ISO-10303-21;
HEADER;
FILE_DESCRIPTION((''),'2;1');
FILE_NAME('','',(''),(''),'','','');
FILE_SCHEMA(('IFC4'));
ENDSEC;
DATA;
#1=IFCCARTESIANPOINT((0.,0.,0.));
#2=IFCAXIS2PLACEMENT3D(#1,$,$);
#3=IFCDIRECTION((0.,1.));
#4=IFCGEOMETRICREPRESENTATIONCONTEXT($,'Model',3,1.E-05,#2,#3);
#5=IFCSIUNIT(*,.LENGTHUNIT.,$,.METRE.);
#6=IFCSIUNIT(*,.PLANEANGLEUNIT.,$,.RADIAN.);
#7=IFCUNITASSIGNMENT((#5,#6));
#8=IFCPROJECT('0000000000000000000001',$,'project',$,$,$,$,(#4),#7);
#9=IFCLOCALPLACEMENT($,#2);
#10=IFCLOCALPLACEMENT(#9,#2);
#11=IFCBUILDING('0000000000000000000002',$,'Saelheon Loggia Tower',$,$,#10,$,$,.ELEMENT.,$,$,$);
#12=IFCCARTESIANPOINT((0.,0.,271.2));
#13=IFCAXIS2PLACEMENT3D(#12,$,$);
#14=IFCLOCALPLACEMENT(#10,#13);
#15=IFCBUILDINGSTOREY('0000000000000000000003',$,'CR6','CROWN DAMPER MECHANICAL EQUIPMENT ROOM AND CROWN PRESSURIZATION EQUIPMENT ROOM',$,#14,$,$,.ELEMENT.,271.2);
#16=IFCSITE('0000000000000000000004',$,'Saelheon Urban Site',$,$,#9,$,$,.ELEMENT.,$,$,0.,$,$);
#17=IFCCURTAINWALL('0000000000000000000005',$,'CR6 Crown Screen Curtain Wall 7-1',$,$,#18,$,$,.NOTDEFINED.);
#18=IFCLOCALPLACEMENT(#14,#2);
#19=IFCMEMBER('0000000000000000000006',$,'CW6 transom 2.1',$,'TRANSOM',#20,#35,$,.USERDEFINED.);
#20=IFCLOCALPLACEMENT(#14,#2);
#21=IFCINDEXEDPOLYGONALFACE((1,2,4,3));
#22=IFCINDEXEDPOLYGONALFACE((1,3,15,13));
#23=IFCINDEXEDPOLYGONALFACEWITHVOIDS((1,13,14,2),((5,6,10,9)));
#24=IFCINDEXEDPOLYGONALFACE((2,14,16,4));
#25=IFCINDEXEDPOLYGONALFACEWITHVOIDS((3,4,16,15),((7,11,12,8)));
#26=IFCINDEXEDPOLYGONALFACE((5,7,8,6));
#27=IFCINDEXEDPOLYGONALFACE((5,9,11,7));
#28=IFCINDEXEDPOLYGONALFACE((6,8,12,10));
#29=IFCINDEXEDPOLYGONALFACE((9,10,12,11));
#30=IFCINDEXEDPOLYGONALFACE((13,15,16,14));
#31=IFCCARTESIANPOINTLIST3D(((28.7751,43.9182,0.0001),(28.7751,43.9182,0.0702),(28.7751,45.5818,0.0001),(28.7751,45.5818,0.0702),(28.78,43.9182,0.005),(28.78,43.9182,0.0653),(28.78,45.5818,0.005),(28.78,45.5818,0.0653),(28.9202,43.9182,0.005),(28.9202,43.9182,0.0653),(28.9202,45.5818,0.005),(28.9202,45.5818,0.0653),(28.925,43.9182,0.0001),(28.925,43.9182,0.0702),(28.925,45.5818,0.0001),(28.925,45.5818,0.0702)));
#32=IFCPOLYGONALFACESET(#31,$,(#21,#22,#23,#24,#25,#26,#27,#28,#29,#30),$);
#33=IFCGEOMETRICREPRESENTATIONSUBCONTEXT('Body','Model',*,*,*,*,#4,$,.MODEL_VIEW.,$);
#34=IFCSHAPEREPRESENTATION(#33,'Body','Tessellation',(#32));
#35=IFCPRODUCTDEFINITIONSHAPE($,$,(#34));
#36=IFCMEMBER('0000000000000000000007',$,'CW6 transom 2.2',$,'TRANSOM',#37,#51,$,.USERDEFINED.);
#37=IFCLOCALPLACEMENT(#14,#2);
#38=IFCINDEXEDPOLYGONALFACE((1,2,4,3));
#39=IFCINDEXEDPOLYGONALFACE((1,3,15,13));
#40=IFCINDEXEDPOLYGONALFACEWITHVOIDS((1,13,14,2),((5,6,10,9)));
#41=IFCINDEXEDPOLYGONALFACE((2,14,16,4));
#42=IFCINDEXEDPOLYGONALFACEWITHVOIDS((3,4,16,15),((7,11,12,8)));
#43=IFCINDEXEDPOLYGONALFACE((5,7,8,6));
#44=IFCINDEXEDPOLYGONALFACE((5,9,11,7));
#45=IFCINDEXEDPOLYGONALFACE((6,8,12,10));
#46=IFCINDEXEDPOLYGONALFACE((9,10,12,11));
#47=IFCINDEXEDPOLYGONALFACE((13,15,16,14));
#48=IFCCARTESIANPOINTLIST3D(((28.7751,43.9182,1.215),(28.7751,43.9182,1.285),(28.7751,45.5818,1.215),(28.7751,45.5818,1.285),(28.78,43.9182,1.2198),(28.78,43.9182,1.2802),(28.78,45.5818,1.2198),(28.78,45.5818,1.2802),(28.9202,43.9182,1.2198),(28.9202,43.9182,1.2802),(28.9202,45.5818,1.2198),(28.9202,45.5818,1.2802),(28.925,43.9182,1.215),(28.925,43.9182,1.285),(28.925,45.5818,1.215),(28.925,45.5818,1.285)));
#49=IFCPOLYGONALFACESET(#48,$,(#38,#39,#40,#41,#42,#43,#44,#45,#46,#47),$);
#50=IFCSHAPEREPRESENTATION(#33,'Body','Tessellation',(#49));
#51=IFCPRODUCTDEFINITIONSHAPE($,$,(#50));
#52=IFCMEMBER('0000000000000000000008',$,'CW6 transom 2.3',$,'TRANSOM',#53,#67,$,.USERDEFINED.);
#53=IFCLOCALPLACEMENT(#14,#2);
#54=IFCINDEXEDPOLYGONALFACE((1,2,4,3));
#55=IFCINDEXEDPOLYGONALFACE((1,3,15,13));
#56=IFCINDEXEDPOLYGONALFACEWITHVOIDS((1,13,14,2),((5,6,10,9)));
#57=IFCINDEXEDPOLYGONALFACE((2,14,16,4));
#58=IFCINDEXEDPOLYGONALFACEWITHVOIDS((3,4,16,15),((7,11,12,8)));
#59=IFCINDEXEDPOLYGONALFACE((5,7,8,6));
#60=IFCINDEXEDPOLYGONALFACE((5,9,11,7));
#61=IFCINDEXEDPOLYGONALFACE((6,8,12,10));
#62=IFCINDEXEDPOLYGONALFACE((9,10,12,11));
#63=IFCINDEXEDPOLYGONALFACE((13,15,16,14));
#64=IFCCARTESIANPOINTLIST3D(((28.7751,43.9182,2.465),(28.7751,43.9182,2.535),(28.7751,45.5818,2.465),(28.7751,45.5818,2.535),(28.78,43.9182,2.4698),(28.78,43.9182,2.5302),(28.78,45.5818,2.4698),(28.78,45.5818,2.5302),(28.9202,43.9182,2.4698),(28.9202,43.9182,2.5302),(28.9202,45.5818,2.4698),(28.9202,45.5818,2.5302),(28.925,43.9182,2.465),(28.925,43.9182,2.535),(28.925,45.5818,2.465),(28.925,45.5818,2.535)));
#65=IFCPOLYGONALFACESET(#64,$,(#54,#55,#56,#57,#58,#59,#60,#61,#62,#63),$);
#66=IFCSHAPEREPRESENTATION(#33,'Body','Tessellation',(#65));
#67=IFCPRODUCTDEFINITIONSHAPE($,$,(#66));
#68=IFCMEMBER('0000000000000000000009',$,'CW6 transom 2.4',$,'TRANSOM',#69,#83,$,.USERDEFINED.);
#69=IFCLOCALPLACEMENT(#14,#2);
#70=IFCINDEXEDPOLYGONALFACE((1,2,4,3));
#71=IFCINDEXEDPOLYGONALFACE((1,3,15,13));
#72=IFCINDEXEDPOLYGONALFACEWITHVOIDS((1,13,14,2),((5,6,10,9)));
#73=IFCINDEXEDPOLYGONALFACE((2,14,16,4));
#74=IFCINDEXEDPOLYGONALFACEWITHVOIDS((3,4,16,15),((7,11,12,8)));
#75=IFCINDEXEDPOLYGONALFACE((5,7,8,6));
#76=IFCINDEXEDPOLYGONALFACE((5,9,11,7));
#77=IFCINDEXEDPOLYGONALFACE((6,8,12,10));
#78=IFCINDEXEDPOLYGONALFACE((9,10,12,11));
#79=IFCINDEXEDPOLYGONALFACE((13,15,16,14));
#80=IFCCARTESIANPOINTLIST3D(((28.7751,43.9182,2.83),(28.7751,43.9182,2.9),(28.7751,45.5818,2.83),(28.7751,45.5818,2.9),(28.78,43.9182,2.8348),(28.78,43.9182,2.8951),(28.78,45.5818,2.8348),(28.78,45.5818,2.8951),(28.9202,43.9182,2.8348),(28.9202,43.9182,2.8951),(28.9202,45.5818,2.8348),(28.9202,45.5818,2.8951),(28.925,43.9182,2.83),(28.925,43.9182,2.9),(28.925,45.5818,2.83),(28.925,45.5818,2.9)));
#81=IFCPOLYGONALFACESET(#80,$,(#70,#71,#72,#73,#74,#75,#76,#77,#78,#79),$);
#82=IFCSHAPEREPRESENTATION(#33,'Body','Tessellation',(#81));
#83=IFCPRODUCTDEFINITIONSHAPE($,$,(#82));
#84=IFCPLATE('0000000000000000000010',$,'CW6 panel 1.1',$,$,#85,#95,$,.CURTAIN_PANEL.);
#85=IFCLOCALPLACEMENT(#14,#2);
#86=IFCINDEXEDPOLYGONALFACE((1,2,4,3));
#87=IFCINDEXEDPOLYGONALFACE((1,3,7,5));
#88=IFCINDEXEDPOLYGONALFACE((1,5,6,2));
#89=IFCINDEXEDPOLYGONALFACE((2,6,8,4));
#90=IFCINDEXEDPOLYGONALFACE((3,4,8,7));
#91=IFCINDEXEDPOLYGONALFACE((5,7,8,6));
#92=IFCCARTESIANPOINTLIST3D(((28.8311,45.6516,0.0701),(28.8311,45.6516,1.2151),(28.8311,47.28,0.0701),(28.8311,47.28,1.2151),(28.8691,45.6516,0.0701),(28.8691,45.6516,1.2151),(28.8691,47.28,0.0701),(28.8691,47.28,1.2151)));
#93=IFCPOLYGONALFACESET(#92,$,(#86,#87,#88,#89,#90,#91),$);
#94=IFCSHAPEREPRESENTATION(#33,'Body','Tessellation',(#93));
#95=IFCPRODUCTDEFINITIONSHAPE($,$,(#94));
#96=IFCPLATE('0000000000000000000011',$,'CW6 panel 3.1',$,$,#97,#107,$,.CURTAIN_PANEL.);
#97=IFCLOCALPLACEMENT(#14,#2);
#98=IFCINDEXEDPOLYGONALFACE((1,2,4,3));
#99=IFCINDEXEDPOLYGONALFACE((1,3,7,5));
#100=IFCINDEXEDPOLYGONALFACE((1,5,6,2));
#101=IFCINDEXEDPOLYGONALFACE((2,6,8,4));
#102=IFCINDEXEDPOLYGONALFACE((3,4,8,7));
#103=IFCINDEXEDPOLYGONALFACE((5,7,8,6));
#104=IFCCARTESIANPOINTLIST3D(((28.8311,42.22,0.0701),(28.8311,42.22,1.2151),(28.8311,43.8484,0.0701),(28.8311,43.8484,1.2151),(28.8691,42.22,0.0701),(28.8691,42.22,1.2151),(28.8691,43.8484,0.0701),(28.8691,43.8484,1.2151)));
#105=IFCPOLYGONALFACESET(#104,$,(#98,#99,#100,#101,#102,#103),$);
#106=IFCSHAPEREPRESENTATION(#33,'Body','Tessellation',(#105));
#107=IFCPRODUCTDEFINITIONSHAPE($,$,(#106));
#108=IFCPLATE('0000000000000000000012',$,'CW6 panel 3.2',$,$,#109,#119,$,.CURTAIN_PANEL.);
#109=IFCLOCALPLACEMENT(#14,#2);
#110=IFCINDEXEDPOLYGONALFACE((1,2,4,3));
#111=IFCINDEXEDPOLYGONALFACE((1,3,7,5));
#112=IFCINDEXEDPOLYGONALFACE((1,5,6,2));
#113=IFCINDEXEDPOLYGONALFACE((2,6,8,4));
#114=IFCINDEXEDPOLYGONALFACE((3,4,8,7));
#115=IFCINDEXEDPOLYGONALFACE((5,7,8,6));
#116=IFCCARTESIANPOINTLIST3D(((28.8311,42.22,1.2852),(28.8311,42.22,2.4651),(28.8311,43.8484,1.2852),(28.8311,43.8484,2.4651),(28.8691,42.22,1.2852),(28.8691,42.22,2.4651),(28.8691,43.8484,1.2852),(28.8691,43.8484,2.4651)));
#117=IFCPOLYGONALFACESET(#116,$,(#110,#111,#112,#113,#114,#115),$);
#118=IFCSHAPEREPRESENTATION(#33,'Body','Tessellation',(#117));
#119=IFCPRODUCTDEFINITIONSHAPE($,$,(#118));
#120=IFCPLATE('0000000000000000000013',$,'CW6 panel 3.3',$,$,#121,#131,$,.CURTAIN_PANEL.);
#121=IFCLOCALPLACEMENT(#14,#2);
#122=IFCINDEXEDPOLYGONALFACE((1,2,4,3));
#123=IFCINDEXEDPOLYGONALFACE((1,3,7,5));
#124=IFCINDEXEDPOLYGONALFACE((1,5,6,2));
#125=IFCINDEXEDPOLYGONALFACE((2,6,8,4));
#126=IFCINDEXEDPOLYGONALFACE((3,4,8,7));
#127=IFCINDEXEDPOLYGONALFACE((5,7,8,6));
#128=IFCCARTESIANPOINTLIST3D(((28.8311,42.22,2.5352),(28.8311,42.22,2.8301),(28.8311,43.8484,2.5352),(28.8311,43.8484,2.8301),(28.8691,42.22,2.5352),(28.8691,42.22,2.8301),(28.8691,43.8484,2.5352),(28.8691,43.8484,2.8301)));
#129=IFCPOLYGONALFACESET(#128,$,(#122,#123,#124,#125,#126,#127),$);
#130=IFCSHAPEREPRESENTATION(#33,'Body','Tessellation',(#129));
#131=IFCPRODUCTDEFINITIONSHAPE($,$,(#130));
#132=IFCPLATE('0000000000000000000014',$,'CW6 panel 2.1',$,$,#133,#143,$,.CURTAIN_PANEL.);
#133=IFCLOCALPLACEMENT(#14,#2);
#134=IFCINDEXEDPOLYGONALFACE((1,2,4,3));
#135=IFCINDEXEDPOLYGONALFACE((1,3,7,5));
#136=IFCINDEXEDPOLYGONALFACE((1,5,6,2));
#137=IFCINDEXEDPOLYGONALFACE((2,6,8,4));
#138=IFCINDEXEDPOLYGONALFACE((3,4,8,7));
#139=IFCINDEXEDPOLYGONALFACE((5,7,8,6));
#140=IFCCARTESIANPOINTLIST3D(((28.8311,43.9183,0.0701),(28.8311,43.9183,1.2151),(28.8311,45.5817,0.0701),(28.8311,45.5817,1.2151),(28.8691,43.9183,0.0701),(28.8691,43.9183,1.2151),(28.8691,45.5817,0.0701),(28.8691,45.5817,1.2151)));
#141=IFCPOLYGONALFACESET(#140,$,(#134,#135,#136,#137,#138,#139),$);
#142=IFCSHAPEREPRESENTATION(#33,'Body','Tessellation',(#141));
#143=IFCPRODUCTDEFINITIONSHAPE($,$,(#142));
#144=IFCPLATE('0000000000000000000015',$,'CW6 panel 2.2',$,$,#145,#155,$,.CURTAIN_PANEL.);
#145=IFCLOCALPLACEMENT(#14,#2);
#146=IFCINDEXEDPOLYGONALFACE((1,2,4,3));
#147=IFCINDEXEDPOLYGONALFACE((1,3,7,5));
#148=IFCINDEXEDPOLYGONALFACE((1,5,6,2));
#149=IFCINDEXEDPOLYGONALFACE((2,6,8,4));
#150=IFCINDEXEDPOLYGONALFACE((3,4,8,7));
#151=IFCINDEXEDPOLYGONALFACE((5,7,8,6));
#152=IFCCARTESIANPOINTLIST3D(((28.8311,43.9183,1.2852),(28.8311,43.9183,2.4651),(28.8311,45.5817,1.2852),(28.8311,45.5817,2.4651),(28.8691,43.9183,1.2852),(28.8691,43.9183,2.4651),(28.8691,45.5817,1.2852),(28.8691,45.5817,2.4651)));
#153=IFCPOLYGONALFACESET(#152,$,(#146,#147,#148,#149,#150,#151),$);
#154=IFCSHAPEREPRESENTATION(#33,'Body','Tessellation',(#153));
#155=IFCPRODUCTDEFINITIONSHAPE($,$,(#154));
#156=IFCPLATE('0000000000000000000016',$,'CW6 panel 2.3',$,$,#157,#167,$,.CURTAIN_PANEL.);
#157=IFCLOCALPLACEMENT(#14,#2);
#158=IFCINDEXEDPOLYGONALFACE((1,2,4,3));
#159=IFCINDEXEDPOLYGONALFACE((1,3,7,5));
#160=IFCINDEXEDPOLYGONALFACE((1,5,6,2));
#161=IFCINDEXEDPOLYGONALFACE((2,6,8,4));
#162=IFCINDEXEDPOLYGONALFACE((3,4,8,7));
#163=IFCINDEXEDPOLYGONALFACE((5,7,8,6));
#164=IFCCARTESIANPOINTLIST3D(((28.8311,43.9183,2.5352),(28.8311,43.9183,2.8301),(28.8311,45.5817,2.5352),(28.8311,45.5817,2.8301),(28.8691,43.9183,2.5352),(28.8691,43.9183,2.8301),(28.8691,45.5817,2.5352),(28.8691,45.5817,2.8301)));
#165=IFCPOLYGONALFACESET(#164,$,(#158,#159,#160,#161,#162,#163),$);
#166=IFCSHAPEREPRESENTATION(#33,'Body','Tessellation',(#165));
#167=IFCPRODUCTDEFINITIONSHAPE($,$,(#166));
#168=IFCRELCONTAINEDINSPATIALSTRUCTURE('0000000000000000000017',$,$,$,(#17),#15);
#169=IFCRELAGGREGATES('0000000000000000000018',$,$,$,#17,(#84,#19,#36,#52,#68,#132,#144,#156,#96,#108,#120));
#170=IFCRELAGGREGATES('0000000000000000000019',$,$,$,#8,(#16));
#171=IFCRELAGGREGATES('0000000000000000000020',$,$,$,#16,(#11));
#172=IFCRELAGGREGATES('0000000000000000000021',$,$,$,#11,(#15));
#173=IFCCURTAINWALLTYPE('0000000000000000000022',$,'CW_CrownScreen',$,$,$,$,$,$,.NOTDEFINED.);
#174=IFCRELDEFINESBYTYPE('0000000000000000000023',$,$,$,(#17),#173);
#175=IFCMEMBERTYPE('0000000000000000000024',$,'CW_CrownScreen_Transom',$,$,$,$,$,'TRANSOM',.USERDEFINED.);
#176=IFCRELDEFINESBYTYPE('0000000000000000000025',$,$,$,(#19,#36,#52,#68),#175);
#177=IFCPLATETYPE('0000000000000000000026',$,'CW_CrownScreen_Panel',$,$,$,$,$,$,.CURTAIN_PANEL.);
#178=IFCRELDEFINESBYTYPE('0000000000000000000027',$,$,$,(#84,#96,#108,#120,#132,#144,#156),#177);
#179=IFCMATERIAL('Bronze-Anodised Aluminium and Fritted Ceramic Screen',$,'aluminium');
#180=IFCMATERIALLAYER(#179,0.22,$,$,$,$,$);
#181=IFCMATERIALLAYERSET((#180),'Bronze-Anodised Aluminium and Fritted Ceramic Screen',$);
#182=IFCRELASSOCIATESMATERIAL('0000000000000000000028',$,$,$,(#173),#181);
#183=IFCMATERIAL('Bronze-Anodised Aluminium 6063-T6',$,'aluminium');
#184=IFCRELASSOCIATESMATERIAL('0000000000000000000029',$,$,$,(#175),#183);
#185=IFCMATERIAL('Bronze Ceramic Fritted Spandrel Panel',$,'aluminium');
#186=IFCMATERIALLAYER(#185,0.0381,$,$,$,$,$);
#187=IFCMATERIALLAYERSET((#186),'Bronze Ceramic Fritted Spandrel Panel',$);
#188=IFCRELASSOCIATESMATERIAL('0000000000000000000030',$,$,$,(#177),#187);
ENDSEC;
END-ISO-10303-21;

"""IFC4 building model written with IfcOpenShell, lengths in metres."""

from ifc_helpers import new_model, si_unit, direction, frame, origin, origin_2d, place, context, subcontext, project, spatial, rectangle, hollow_rectangle, extrude, source, transform, mapped, material, layer, layer_set, material_profile, profile_set, type_object, element, aggregate, save


model = new_model("IFC4")

# Units and contexts
model_context = context("Model", 3, precision=1e-05, world=origin(), true_north=direction((0.0, 1.0)))
body_context = subcontext(model_context, "Body", "Model", "MODEL_VIEW")
ifc_project = project(units=[si_unit("LENGTHUNIT", "METRE"), si_unit("PLANEANGLEUNIT", "RADIAN")], contexts=[model_context])

# Site, building, storey
site_placement = place(None, origin())
site = spatial("IfcSite", under=ifc_project, at=site_placement, Name="Saelheon Urban Site", CompositionType="ELEMENT", RefElevation=0.0)
building_placement = place(site_placement, origin())
building = spatial("IfcBuilding", under=site, at=building_placement, Name="Saelheon Loggia Tower", CompositionType="ELEMENT")
storey_placement = place(building_placement, frame((0.0, 0.0, 271.2)))
storey = spatial("IfcBuildingStorey", under=building, at=storey_placement, Name="CR6", Description="CROWN DAMPER MECHANICAL EQUIPMENT ROOM AND CROWN PRESSURIZATION EQUIPMENT ROOM", CompositionType="ELEMENT", Elevation=271.2)

# Curtain wall
ifc_material_1 = material(Name="Bronze-Anodised Aluminium and Fritted Ceramic Screen", Category="aluminium")
ifc_layer_1 = layer(ifc_material_1, 0.22)
ifc_layer_set_1 = layer_set([ifc_layer_1], Name="Bronze-Anodised Aluminium and Fritted Ceramic Screen")
curtain_wall_type = type_object("IfcCurtainWallType", Name="CW_CrownScreen", PredefinedType="NOTDEFINED", material=ifc_layer_set_1)
curtain_wall_1_placement = place(storey_placement, origin())
curtain_wall_1 = element("IfcCurtainWall", 1, at=curtain_wall_1_placement, inside=storey, type_object=curtain_wall_type, Name="CR6 Crown Screen Curtain Wall 7-1", PredefinedType="NOTDEFINED")
ifc_material_2 = material(Name="Bronze-Anodised Aluminium 6063-T6", Category="aluminium")

# Members
ifc_material_profile_1 = material_profile(ifc_material_2, hollow_rectangle(XDim=0.0701, YDim=0.1499, WallThickness=0.0049, at=origin_2d()), Name="RHS-150x70x5")
ifc_profile_set_1 = profile_set([ifc_material_profile_1], Name="Bronze-Anodised Aluminium 6063-T6")
member_type_1 = type_object("IfcMemberType", Name="CW_CrownScreen_Transom", ElementType="TRANSOM", PredefinedType="USERDEFINED", material=ifc_profile_set_1)
shared_shape_1 = source(origin(), body_context, "Body", "SweptSolid", [
    extrude(hollow_rectangle(XDim=0.0701, YDim=0.1499, WallThickness=0.0049, at=origin_2d()), origin(), (0.0, 0.0, 1.0), 1.6636),
])
member_1_placement = place(storey_placement, frame((28.8501, 45.5818, 0.0352), z_axis=(0.0, -1.0, 0.0), x_axis=(0.0, 0.0, 1.0)))
member_1 = element("IfcMember", 2, at=member_1_placement, type_object=member_type_1, Name="CW6 transom 2.1", ObjectType="TRANSOM", PredefinedType="USERDEFINED", context=body_context, shape_type="MappedRepresentation", body=[
    mapped(shared_shape_1, transform((0.0, 0.0, 0.0), scale=1.0)),
])
member_2_placement = place(storey_placement, frame((28.8501, 45.5818, 1.25), z_axis=(0.0, -1.0, 0.0), x_axis=(0.0, 0.0, 1.0)))
member_2 = element("IfcMember", 3, at=member_2_placement, type_object=member_type_1, Name="CW6 transom 2.2", ObjectType="TRANSOM", PredefinedType="USERDEFINED", context=body_context, shape_type="MappedRepresentation", body=[
    mapped(shared_shape_1, transform((0.0, 0.0, 0.0), scale=1.0)),
])
member_3_placement = place(storey_placement, frame((28.8501, 45.5818, 2.5), z_axis=(0.0, -1.0, 0.0), x_axis=(0.0, 0.0, 1.0)))
member_3 = element("IfcMember", 4, at=member_3_placement, type_object=member_type_1, Name="CW6 transom 2.3", ObjectType="TRANSOM", PredefinedType="USERDEFINED", context=body_context, shape_type="MappedRepresentation", body=[
    mapped(shared_shape_1, transform((0.0, 0.0, 0.0), scale=1.0)),
])
member_4_placement = place(storey_placement, frame((28.8501, 45.5818, 2.865), z_axis=(0.0, -1.0, 0.0), x_axis=(0.0, 0.0, 1.0)))
member_4 = element("IfcMember", 5, at=member_4_placement, type_object=member_type_1, Name="CW6 transom 2.4", ObjectType="TRANSOM", PredefinedType="USERDEFINED", context=body_context, shape_type="MappedRepresentation", body=[
    mapped(shared_shape_1, transform((0.0, 0.0, 0.0), scale=1.0)),
])

# Plates
ifc_material_3 = material(Name="Bronze Ceramic Fritted Spandrel Panel", Category="aluminium")
ifc_layer_2 = layer(ifc_material_3, 0.0381)
ifc_layer_set_2 = layer_set([ifc_layer_2], Name="Bronze Ceramic Fritted Spandrel Panel")
plate_type = type_object("IfcPlateType", Name="CW_CrownScreen_Panel", PredefinedType="CURTAIN_PANEL", material=ifc_layer_set_2)
shared_shape_2 = source(origin(), body_context, "Body", "SweptSolid", [
    extrude(rectangle(XDim=1.6284, YDim=0.0381, at=origin_2d()), origin(), (0.0, 0.0, 1.0), 1.145),
])
plate_1_placement = place(storey_placement, frame((28.8501, 46.4658, 0.0701), z_axis=(0.0, 0.0, 1.0), x_axis=(0.0, -1.0, 0.0)))
plate_1 = element("IfcPlate", 6, at=plate_1_placement, type_object=plate_type, Name="CW6 panel 1.1", PredefinedType="CURTAIN_PANEL", context=body_context, shape_type="MappedRepresentation", body=[
    mapped(shared_shape_2, transform((0.0, 0.0, 0.0), scale=1.0)),
])
plate_2_placement = place(storey_placement, frame((28.8501, 43.0342, 0.0701), z_axis=(0.0, 0.0, 1.0), x_axis=(0.0, -1.0, 0.0)))
plate_2 = element("IfcPlate", 7, at=plate_2_placement, type_object=plate_type, Name="CW6 panel 3.1", PredefinedType="CURTAIN_PANEL", context=body_context, shape_type="MappedRepresentation", body=[
    mapped(shared_shape_2, transform((0.0, 0.0, 0.0), scale=1.0)),
])
shared_shape_3 = source(origin(), body_context, "Body", "SweptSolid", [
    extrude(rectangle(XDim=1.6284, YDim=0.0381, at=origin_2d()), origin(), (0.0, 0.0, 1.0), 1.1799),
])
plate_3_placement = place(storey_placement, frame((28.8501, 43.0342, 1.2852), z_axis=(0.0, 0.0, 1.0), x_axis=(0.0, -1.0, 0.0)))
plate_3 = element("IfcPlate", 8, at=plate_3_placement, type_object=plate_type, Name="CW6 panel 3.2", PredefinedType="CURTAIN_PANEL", context=body_context, shape_type="MappedRepresentation", body=[
    mapped(shared_shape_3, transform((0.0, 0.0, 0.0), scale=1.0)),
])
shared_shape_4 = source(origin(), body_context, "Body", "SweptSolid", [
    extrude(rectangle(XDim=1.6284, YDim=0.0381, at=origin_2d()), origin(), (0.0, 0.0, 1.0), 0.2949),
])
plate_4_placement = place(storey_placement, frame((28.8501, 43.0342, 2.5352), z_axis=(0.0, 0.0, 1.0), x_axis=(0.0, -1.0, 0.0)))
plate_4 = element("IfcPlate", 9, at=plate_4_placement, type_object=plate_type, Name="CW6 panel 3.3", PredefinedType="CURTAIN_PANEL", context=body_context, shape_type="MappedRepresentation", body=[
    mapped(shared_shape_4, transform((0.0, 0.0, 0.0), scale=1.0)),
])
shared_shape_5 = source(origin(), body_context, "Body", "SweptSolid", [
    extrude(rectangle(XDim=1.6633, YDim=0.0381, at=origin_2d()), origin(), (0.0, 0.0, 1.0), 1.145),
])
plate_5_placement = place(storey_placement, frame((28.8501, 44.75, 0.0701), z_axis=(0.0, 0.0, 1.0), x_axis=(0.0, -1.0, 0.0)))
plate_5 = element("IfcPlate", 10, at=plate_5_placement, type_object=plate_type, Name="CW6 panel 2.1", PredefinedType="CURTAIN_PANEL", context=body_context, shape_type="MappedRepresentation", body=[
    mapped(shared_shape_5, transform((0.0, 0.0, 0.0), scale=1.0)),
])
shared_shape_6 = source(origin(), body_context, "Body", "SweptSolid", [
    extrude(rectangle(XDim=1.6633, YDim=0.0381, at=origin_2d()), origin(), (0.0, 0.0, 1.0), 1.1799),
])
plate_6_placement = place(storey_placement, frame((28.8501, 44.75, 1.2852), z_axis=(0.0, 0.0, 1.0), x_axis=(0.0, -1.0, 0.0)))
plate_6 = element("IfcPlate", 11, at=plate_6_placement, type_object=plate_type, Name="CW6 panel 2.2", PredefinedType="CURTAIN_PANEL", context=body_context, shape_type="MappedRepresentation", body=[
    mapped(shared_shape_6, transform((0.0, 0.0, 0.0), scale=1.0)),
])
shared_shape_7 = source(origin(), body_context, "Body", "SweptSolid", [
    extrude(rectangle(XDim=1.6633, YDim=0.0381, at=origin_2d()), origin(), (0.0, 0.0, 1.0), 0.2949),
])
plate_7_placement = place(storey_placement, frame((28.8501, 44.75, 2.5352), z_axis=(0.0, 0.0, 1.0), x_axis=(0.0, -1.0, 0.0)))
plate_7 = element("IfcPlate", 12, at=plate_7_placement, type_object=plate_type, Name="CW6 panel 2.3", PredefinedType="CURTAIN_PANEL", context=body_context, shape_type="MappedRepresentation", body=[
    mapped(shared_shape_7, transform((0.0, 0.0, 0.0), scale=1.0)),
])
aggregate(curtain_wall_1, [plate_1, member_1, member_2, member_3, member_4, plate_5, plate_6, plate_7, plate_2, plate_3, plate_4])

save(model, "model.ifc")
